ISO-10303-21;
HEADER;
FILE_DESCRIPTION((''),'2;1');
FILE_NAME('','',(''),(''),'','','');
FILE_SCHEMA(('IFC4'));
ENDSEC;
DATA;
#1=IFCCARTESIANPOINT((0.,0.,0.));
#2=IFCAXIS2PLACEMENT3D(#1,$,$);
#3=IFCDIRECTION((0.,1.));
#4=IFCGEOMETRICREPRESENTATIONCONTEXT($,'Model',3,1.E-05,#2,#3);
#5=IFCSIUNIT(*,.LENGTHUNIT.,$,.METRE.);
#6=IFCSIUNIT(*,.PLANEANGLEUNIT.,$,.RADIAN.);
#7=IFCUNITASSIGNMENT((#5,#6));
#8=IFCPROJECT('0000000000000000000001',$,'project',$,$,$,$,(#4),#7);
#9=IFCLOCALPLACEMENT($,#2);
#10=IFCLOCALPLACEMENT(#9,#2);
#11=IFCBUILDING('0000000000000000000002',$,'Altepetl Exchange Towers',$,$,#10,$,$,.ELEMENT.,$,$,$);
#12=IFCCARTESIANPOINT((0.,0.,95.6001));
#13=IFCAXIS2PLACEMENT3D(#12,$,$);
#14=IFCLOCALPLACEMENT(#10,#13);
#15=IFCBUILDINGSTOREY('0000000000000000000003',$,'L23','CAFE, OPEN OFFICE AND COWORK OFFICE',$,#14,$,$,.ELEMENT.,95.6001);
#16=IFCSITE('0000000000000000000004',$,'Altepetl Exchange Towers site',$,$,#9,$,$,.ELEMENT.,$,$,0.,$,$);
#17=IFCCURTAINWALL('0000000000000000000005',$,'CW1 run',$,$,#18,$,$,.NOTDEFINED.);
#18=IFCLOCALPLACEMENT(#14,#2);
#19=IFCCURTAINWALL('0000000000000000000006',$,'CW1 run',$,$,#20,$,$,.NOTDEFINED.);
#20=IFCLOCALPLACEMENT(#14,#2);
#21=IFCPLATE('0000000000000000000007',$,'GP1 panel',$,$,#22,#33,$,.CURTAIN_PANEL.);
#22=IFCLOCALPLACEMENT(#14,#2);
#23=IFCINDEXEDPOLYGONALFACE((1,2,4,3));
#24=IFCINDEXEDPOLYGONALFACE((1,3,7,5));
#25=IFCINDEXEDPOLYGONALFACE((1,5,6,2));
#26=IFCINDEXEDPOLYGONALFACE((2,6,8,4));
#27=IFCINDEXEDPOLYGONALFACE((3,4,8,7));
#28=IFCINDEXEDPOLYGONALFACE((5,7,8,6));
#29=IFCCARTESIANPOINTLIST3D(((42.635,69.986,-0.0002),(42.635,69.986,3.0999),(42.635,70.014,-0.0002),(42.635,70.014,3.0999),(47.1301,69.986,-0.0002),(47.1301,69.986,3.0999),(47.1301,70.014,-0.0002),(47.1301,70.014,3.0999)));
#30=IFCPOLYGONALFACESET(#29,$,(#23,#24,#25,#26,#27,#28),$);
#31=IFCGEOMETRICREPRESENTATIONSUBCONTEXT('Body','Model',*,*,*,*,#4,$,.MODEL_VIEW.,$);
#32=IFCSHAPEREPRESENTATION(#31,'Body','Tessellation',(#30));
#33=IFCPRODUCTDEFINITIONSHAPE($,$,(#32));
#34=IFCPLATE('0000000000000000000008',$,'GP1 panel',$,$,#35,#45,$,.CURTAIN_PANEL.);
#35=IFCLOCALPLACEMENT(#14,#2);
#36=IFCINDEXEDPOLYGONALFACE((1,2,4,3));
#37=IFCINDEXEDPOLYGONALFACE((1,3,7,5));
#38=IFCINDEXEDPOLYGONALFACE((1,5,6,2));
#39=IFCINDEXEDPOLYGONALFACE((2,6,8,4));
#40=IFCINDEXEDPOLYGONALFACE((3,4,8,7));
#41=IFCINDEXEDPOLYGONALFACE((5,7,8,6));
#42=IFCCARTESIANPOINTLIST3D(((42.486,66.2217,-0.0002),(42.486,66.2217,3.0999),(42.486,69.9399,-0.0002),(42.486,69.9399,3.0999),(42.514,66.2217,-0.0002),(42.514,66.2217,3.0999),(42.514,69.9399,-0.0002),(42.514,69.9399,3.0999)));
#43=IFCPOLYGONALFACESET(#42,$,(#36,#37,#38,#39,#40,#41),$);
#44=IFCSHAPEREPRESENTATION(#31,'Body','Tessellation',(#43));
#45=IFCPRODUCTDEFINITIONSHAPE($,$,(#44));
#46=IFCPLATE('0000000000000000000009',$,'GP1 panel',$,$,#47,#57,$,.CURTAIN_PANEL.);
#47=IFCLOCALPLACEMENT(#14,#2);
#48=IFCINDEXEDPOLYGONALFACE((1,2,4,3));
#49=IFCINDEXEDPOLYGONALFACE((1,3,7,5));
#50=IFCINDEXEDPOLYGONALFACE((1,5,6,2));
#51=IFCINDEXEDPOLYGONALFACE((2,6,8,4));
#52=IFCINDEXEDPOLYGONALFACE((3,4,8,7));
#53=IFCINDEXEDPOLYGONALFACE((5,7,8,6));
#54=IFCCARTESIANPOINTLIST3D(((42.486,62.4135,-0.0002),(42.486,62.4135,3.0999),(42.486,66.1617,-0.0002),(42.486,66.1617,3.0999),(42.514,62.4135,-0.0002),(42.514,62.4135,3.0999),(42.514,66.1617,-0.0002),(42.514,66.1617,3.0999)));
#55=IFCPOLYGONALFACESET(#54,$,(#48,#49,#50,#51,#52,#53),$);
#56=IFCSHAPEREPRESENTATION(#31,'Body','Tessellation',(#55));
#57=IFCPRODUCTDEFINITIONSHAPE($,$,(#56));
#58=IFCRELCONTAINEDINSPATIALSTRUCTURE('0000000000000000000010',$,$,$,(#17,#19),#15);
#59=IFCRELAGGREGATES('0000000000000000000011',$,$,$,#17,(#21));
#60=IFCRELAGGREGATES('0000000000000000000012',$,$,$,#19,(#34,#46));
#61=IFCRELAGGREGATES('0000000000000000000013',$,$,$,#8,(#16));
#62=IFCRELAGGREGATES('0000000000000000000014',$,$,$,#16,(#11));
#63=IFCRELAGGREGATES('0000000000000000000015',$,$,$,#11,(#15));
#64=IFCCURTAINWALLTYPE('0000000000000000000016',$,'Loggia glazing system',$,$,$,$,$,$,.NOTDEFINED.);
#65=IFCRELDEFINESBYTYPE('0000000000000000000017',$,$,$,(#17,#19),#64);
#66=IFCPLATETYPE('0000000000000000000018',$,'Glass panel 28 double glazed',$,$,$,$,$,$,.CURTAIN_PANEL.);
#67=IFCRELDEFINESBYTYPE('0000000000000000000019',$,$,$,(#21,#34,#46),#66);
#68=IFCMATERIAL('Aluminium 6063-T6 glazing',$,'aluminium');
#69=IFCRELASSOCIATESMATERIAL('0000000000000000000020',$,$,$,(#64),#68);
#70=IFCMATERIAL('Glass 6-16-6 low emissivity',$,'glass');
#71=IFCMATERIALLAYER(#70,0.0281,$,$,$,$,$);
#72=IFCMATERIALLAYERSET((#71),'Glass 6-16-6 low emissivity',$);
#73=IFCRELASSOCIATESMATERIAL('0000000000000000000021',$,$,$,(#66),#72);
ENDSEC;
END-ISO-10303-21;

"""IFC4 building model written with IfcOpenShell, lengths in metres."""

from ifc_helpers import new_model, si_unit, direction, frame, origin, origin_2d, place, context, subcontext, project, spatial, rectangle, extrude, material, layer, layer_set, type_object, element, aggregate, save


model = new_model("IFC4")

# Units and contexts
model_context = context("Model", 3, precision=1e-05, world=origin(), true_north=direction((0.0, 1.0)))
body_context = subcontext(model_context, "Body", "Model", "MODEL_VIEW")
ifc_project = project(units=[si_unit("LENGTHUNIT", "METRE"), si_unit("PLANEANGLEUNIT", "RADIAN")], contexts=[model_context])

# Site, building, storey
site_placement = place(None, origin())
site = spatial("IfcSite", under=ifc_project, at=site_placement, Name="Altepetl Exchange Towers site", CompositionType="ELEMENT", RefElevation=0.0)
building_placement = place(site_placement, origin())
building = spatial("IfcBuilding", under=site, at=building_placement, Name="Altepetl Exchange Towers", CompositionType="ELEMENT")
storey_placement = place(building_placement, frame((0.0, 0.0, 95.6001)))
storey = spatial("IfcBuildingStorey", under=building, at=storey_placement, Name="L23", Description="CAFE, OPEN OFFICE AND COWORK OFFICE", CompositionType="ELEMENT", Elevation=95.6001)

# Curtain walls
ifc_material_1 = material(Name="Aluminium 6063-T6 glazing", Category="aluminium")
curtain_wall_type = type_object("IfcCurtainWallType", Name="Loggia glazing system", PredefinedType="NOTDEFINED", material=ifc_material_1)
curtain_wall_1_placement = place(storey_placement, origin())
curtain_wall_1 = element("IfcCurtainWall", 1, at=curtain_wall_1_placement, inside=storey, type_object=curtain_wall_type, Name="CW1 run", PredefinedType="NOTDEFINED")
curtain_wall_2_placement = place(storey_placement, origin())
curtain_wall_2 = element("IfcCurtainWall", 2, at=curtain_wall_2_placement, inside=storey, type_object=curtain_wall_type, Name="CW1 run", PredefinedType="NOTDEFINED")

# Plates
ifc_material_2 = material(Name="Glass 6-16-6 low emissivity", Category="glass")
ifc_layer = layer(ifc_material_2, 0.0281)
ifc_layer_set = layer_set([ifc_layer], Name="Glass 6-16-6 low emissivity")
plate_type = type_object("IfcPlateType", Name="Glass panel 28 double glazed", PredefinedType="CURTAIN_PANEL", material=ifc_layer_set)
plate_1_placement = place(storey_placement, frame((44.8826, 70.0, -0.0002), z_axis=(0.0, 0.0, 1.0), x_axis=(-1.0, 0.0, 0.0)))
plate_1 = element("IfcPlate", 3, at=plate_1_placement, type_object=plate_type, Name="GP1 panel", PredefinedType="CURTAIN_PANEL", context=body_context, shape_type="SweptSolid", body=[
    extrude(rectangle(XDim=4.4951, YDim=0.0281, at=origin_2d()), origin(), (0.0, 0.0, 1.0), 3.1001),
])
aggregate(curtain_wall_1, [plate_1])
plate_2_placement = place(storey_placement, frame((42.5, 68.0808, -0.0002), z_axis=(0.0, 0.0, 1.0), x_axis=(0.0, -1.0, 0.0)))
plate_2 = element("IfcPlate", 4, at=plate_2_placement, type_object=plate_type, Name="GP1 panel", PredefinedType="CURTAIN_PANEL", context=body_context, shape_type="SweptSolid", body=[
    extrude(rectangle(XDim=3.7183, YDim=0.0281, at=origin_2d()), origin(), (0.0, 0.0, 1.0), 3.1001),
])
plate_3_placement = place(storey_placement, frame((42.5, 64.2876, -0.0002), z_axis=(0.0, 0.0, 1.0), x_axis=(0.0, -1.0, 0.0)))
plate_3 = element("IfcPlate", 5, at=plate_3_placement, type_object=plate_type, Name="GP1 panel", PredefinedType="CURTAIN_PANEL", context=body_context, shape_type="SweptSolid", body=[
    extrude(rectangle(XDim=3.7483, YDim=0.0281, at=origin_2d()), origin(), (0.0, 0.0, 1.0), 3.1001),
])
aggregate(curtain_wall_2, [plate_2, plate_3])

save(model, "model.ifc")
